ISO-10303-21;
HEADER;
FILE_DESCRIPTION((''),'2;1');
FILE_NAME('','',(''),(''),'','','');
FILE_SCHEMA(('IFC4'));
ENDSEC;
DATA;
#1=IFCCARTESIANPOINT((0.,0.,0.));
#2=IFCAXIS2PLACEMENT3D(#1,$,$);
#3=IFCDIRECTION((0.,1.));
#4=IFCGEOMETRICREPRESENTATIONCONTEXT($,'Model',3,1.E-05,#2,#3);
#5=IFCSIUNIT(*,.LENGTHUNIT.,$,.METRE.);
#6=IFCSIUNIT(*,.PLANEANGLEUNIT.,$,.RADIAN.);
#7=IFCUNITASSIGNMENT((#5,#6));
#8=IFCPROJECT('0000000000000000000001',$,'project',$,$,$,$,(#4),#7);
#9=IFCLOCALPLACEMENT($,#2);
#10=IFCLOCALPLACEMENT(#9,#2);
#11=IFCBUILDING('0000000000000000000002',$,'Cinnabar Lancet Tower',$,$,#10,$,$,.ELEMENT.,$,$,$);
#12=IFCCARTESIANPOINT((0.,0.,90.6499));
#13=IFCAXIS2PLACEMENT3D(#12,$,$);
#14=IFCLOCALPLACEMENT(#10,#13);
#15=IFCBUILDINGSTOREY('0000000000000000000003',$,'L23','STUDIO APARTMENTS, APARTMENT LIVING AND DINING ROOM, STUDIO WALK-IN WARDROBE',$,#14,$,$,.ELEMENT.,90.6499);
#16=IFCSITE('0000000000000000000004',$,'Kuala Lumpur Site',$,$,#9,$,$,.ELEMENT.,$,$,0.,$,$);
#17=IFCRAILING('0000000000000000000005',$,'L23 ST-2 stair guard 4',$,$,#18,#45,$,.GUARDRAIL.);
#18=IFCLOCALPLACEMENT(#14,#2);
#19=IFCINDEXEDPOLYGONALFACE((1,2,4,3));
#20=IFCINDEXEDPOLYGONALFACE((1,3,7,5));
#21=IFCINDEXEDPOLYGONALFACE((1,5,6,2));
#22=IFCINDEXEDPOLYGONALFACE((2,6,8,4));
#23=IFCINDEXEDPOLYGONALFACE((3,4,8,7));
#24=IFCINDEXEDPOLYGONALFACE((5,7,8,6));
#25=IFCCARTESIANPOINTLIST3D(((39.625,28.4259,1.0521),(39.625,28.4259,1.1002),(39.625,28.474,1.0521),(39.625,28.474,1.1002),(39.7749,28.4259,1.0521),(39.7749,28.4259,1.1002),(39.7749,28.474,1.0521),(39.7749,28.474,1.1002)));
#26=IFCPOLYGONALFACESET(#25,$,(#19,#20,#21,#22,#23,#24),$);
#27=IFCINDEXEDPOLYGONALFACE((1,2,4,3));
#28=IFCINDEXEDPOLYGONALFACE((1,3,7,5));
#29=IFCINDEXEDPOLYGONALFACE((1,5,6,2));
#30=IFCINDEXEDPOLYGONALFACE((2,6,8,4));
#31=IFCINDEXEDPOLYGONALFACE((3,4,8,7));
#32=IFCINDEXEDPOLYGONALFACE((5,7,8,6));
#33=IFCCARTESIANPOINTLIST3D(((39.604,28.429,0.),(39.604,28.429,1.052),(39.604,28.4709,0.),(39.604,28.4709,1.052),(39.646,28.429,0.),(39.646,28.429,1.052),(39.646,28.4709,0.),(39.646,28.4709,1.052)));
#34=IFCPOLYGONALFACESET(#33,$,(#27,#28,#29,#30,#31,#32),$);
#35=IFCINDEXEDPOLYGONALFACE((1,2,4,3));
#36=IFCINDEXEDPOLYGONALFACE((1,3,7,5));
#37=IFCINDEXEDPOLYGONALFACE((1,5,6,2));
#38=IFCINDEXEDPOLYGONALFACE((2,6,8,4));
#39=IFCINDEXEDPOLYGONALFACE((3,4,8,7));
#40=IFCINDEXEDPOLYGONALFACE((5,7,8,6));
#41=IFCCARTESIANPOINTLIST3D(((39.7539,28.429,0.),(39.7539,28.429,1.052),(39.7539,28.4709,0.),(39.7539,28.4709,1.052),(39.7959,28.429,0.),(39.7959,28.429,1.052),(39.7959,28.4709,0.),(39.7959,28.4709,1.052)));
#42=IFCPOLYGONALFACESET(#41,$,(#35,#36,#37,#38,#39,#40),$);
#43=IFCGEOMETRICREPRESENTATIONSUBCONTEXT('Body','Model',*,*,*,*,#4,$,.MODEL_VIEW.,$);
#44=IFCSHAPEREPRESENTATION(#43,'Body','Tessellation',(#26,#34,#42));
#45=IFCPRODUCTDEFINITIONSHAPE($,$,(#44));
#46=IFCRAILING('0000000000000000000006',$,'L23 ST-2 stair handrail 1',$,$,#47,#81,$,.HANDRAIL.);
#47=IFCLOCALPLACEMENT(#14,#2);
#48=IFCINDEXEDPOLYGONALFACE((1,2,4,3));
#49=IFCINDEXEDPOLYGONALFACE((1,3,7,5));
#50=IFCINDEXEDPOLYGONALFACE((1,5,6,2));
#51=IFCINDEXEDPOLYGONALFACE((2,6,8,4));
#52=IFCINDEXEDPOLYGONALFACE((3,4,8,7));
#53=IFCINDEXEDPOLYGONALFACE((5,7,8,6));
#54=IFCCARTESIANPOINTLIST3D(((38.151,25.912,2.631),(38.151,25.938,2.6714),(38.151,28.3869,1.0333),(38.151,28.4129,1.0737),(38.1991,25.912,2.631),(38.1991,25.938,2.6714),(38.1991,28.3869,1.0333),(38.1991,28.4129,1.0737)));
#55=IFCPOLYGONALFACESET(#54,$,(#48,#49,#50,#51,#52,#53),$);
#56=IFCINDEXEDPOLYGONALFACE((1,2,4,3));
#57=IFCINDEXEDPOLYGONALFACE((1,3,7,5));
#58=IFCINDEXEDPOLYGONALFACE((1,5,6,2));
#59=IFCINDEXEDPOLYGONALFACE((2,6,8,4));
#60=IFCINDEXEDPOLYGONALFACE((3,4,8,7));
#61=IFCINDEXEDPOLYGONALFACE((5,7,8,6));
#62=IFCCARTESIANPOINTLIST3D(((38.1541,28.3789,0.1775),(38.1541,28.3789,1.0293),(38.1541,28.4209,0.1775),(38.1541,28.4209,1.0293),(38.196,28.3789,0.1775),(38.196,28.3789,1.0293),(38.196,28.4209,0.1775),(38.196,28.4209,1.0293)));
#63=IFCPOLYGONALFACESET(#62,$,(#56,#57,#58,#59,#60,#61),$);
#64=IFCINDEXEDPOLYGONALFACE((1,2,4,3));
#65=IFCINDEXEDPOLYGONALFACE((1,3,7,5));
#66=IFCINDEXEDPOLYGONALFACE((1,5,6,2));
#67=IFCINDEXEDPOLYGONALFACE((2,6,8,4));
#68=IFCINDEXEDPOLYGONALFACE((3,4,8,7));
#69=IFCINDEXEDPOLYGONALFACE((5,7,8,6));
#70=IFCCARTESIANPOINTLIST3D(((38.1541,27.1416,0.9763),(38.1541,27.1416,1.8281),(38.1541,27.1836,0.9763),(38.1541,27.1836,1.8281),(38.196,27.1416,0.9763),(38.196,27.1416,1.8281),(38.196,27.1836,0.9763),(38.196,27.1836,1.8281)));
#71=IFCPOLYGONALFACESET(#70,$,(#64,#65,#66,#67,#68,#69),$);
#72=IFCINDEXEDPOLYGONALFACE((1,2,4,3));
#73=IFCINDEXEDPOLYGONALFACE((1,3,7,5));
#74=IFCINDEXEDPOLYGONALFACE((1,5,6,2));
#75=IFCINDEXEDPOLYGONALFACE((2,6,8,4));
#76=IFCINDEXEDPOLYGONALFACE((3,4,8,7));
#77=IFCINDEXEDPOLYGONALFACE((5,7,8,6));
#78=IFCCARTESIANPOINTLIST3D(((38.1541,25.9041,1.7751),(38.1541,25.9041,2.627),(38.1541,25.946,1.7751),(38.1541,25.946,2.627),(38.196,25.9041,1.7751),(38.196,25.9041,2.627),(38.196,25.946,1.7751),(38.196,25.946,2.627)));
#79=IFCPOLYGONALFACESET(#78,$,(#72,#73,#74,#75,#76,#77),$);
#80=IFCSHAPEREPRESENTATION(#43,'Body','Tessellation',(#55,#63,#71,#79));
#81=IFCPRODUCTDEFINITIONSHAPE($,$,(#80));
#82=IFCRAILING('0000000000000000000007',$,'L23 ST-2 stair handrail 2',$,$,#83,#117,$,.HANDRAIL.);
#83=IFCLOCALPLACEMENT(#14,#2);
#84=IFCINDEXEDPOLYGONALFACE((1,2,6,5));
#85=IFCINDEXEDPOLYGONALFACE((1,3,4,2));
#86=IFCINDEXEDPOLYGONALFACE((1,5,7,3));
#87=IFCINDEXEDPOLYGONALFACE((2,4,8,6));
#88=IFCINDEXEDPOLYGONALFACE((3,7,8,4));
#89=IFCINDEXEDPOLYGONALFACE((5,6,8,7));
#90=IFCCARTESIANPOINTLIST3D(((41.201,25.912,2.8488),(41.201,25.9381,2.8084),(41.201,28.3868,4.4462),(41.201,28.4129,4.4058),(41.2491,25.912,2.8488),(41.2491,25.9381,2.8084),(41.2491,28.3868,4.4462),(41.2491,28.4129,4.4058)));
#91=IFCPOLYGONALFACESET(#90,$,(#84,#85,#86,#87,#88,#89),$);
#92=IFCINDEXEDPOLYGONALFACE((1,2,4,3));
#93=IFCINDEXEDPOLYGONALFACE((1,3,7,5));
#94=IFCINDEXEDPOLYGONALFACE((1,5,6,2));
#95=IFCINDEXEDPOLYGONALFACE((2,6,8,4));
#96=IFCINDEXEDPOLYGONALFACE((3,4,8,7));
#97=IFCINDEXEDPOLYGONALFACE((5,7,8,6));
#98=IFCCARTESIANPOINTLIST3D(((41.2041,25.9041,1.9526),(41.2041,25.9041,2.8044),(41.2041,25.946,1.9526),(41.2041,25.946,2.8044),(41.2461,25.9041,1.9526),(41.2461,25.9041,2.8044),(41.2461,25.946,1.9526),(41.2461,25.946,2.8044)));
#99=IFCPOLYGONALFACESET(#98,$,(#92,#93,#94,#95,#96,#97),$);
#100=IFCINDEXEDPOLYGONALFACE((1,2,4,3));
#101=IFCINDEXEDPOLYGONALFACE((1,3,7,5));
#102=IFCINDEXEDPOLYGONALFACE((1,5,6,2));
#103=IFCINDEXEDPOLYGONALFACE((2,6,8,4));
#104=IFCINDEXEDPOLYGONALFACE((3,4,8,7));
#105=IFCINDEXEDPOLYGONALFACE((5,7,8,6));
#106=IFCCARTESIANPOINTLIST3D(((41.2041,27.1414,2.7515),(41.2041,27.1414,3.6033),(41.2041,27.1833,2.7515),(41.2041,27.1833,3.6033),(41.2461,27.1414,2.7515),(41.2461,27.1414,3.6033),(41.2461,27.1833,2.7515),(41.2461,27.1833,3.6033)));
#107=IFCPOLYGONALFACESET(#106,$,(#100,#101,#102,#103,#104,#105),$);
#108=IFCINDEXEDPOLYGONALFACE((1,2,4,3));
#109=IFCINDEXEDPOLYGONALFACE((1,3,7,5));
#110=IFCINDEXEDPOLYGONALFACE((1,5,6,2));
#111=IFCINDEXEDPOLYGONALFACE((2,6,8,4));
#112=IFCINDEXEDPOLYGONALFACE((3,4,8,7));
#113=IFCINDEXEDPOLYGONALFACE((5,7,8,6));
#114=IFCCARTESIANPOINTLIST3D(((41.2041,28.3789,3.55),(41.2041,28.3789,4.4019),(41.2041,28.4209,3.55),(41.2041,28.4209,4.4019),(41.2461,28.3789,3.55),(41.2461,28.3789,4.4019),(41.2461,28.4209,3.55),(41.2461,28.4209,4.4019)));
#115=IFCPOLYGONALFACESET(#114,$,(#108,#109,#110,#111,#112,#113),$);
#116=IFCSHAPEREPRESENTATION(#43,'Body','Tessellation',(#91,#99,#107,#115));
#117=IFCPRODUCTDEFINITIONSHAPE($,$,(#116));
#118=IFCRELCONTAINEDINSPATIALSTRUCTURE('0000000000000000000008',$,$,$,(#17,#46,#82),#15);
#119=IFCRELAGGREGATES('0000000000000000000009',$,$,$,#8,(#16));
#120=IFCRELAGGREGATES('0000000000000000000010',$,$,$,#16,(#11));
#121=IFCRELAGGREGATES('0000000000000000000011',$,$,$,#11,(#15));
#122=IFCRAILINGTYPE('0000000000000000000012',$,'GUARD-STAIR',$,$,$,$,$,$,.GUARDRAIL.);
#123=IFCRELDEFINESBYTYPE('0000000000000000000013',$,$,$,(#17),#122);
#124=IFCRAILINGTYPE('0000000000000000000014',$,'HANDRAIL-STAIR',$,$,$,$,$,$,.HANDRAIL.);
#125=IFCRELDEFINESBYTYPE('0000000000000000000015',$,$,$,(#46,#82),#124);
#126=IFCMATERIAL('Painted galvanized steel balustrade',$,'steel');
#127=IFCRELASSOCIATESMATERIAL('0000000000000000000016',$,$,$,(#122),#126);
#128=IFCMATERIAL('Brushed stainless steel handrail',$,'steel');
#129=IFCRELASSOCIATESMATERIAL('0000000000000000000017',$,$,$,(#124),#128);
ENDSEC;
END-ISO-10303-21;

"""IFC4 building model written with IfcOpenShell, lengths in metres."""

from ifc_helpers import new_model, si_unit, direction, frame, origin, origin_2d, place, context, subcontext, project, spatial, rectangle, extrude, material, type_object, element, save


model = new_model("IFC4")

# Units and contexts
model_context = context("Model", 3, precision=1e-05, world=origin(), true_north=direction((0.0, 1.0)))
body_context = subcontext(model_context, "Body", "Model", "MODEL_VIEW")
ifc_project = project(units=[si_unit("LENGTHUNIT", "METRE"), si_unit("PLANEANGLEUNIT", "RADIAN")], contexts=[model_context])

# Site, building, storey
site_placement = place(None, origin())
site = spatial("IfcSite", under=ifc_project, at=site_placement, Name="Kuala Lumpur Site", CompositionType="ELEMENT", RefElevation=0.0)
building_placement = place(site_placement, origin())
building = spatial("IfcBuilding", under=site, at=building_placement, Name="Cinnabar Lancet Tower", CompositionType="ELEMENT")
storey_placement = place(building_placement, frame((0.0, 0.0, 90.6499)))
storey = spatial("IfcBuildingStorey", under=building, at=storey_placement, Name="L23", Description="STUDIO APARTMENTS, APARTMENT LIVING AND DINING ROOM, STUDIO WALK-IN WARDROBE", CompositionType="ELEMENT", Elevation=90.6499)

# Railings
ifc_material_1 = material(Name="Painted galvanized steel balustrade", Category="steel")
railing_type_1 = type_object("IfcRailingType", Name="GUARD-STAIR", PredefinedType="GUARDRAIL", material=ifc_material_1)
railing_1_placement = place(storey_placement, frame((39.625, 28.45, 0.0)))
element("IfcRailing", 1, at=railing_1_placement, inside=storey, type_object=railing_type_1, Name="L23 ST-2 stair guard 4", PredefinedType="GUARDRAIL", context=body_context, shape_type="SweptSolid", body=[
    extrude(rectangle(XDim=0.0481, YDim=0.0481, at=origin_2d()), frame((0.0, 0.0, 1.0762), z_axis=(1.0, 0.0, 0.0), x_axis=(0.0, 1.0, 0.0)), (0.0, 0.0, 1.0), 0.1499),
    extrude(rectangle(XDim=0.042, YDim=0.042, at=origin_2d()), origin(), (0.0, 0.0, 1.0), 1.052),
    extrude(rectangle(XDim=0.042, YDim=0.042, at=origin_2d()), frame((0.1499, 0.0, 0.0)), (0.0, 0.0, 1.0), 1.052),
])
ifc_material_2 = material(Name="Brushed stainless steel handrail", Category="steel")
railing_type_2 = type_object("IfcRailingType", Name="HANDRAIL-STAIR", PredefinedType="HANDRAIL", material=ifc_material_2)
railing_2_placement = place(storey_placement, frame((38.175, 28.3999, 0.1775)))
element("IfcRailing", 2, at=railing_2_placement, inside=storey, type_object=railing_type_2, Name="L23 ST-2 stair handrail 1", PredefinedType="HANDRAIL", context=body_context, shape_type="SweptSolid", body=[
    extrude(rectangle(XDim=0.0481, YDim=0.0481, at=origin_2d()), frame((0.0, 0.0, 0.876), z_axis=(0.0, -0.840146, 0.542361), x_axis=(1.0, 0.0, 0.0)), (0.0, 0.0, 1.0), 2.9458),
    extrude(rectangle(XDim=0.042, YDim=0.042, at=origin_2d()), origin(), (0.0, 0.0, 1.0), 0.8518),
    extrude(rectangle(XDim=0.042, YDim=0.042, at=origin_2d()), frame((0.0, -1.2373, 0.7988)), (0.0, 0.0, 1.0), 0.8518),
    extrude(rectangle(XDim=0.042, YDim=0.042, at=origin_2d()), frame((0.0, -2.4749, 1.5977)), (0.0, 0.0, 1.0), 0.8518),
])
railing_3_placement = place(storey_placement, frame((41.2251, 25.925, 1.9526)))
element("IfcRailing", 3, at=railing_3_placement, inside=storey, type_object=railing_type_2, Name="L23 ST-2 stair handrail 2", PredefinedType="HANDRAIL", context=body_context, shape_type="SweptSolid", body=[
    extrude(rectangle(XDim=0.0481, YDim=0.0481, at=origin_2d()), frame((0.0, 0.0, 0.876), z_axis=(0.0, 0.840183, 0.542302), x_axis=(-1.0, 0.0, 0.0)), (0.0, 0.0, 1.0), 2.9456),
    extrude(rectangle(XDim=0.042, YDim=0.042, at=origin_2d()), origin(), (0.0, 0.0, 1.0), 0.8518),
    extrude(rectangle(XDim=0.042, YDim=0.042, at=origin_2d()), frame((0.0, 1.2373, 0.7988)), (0.0, 0.0, 1.0), 0.8518),
    extrude(rectangle(XDim=0.042, YDim=0.042, at=origin_2d()), frame((0.0, 2.4749, 1.5974)), (0.0, 0.0, 1.0), 0.8518),
])

save(model, "model.ifc")
